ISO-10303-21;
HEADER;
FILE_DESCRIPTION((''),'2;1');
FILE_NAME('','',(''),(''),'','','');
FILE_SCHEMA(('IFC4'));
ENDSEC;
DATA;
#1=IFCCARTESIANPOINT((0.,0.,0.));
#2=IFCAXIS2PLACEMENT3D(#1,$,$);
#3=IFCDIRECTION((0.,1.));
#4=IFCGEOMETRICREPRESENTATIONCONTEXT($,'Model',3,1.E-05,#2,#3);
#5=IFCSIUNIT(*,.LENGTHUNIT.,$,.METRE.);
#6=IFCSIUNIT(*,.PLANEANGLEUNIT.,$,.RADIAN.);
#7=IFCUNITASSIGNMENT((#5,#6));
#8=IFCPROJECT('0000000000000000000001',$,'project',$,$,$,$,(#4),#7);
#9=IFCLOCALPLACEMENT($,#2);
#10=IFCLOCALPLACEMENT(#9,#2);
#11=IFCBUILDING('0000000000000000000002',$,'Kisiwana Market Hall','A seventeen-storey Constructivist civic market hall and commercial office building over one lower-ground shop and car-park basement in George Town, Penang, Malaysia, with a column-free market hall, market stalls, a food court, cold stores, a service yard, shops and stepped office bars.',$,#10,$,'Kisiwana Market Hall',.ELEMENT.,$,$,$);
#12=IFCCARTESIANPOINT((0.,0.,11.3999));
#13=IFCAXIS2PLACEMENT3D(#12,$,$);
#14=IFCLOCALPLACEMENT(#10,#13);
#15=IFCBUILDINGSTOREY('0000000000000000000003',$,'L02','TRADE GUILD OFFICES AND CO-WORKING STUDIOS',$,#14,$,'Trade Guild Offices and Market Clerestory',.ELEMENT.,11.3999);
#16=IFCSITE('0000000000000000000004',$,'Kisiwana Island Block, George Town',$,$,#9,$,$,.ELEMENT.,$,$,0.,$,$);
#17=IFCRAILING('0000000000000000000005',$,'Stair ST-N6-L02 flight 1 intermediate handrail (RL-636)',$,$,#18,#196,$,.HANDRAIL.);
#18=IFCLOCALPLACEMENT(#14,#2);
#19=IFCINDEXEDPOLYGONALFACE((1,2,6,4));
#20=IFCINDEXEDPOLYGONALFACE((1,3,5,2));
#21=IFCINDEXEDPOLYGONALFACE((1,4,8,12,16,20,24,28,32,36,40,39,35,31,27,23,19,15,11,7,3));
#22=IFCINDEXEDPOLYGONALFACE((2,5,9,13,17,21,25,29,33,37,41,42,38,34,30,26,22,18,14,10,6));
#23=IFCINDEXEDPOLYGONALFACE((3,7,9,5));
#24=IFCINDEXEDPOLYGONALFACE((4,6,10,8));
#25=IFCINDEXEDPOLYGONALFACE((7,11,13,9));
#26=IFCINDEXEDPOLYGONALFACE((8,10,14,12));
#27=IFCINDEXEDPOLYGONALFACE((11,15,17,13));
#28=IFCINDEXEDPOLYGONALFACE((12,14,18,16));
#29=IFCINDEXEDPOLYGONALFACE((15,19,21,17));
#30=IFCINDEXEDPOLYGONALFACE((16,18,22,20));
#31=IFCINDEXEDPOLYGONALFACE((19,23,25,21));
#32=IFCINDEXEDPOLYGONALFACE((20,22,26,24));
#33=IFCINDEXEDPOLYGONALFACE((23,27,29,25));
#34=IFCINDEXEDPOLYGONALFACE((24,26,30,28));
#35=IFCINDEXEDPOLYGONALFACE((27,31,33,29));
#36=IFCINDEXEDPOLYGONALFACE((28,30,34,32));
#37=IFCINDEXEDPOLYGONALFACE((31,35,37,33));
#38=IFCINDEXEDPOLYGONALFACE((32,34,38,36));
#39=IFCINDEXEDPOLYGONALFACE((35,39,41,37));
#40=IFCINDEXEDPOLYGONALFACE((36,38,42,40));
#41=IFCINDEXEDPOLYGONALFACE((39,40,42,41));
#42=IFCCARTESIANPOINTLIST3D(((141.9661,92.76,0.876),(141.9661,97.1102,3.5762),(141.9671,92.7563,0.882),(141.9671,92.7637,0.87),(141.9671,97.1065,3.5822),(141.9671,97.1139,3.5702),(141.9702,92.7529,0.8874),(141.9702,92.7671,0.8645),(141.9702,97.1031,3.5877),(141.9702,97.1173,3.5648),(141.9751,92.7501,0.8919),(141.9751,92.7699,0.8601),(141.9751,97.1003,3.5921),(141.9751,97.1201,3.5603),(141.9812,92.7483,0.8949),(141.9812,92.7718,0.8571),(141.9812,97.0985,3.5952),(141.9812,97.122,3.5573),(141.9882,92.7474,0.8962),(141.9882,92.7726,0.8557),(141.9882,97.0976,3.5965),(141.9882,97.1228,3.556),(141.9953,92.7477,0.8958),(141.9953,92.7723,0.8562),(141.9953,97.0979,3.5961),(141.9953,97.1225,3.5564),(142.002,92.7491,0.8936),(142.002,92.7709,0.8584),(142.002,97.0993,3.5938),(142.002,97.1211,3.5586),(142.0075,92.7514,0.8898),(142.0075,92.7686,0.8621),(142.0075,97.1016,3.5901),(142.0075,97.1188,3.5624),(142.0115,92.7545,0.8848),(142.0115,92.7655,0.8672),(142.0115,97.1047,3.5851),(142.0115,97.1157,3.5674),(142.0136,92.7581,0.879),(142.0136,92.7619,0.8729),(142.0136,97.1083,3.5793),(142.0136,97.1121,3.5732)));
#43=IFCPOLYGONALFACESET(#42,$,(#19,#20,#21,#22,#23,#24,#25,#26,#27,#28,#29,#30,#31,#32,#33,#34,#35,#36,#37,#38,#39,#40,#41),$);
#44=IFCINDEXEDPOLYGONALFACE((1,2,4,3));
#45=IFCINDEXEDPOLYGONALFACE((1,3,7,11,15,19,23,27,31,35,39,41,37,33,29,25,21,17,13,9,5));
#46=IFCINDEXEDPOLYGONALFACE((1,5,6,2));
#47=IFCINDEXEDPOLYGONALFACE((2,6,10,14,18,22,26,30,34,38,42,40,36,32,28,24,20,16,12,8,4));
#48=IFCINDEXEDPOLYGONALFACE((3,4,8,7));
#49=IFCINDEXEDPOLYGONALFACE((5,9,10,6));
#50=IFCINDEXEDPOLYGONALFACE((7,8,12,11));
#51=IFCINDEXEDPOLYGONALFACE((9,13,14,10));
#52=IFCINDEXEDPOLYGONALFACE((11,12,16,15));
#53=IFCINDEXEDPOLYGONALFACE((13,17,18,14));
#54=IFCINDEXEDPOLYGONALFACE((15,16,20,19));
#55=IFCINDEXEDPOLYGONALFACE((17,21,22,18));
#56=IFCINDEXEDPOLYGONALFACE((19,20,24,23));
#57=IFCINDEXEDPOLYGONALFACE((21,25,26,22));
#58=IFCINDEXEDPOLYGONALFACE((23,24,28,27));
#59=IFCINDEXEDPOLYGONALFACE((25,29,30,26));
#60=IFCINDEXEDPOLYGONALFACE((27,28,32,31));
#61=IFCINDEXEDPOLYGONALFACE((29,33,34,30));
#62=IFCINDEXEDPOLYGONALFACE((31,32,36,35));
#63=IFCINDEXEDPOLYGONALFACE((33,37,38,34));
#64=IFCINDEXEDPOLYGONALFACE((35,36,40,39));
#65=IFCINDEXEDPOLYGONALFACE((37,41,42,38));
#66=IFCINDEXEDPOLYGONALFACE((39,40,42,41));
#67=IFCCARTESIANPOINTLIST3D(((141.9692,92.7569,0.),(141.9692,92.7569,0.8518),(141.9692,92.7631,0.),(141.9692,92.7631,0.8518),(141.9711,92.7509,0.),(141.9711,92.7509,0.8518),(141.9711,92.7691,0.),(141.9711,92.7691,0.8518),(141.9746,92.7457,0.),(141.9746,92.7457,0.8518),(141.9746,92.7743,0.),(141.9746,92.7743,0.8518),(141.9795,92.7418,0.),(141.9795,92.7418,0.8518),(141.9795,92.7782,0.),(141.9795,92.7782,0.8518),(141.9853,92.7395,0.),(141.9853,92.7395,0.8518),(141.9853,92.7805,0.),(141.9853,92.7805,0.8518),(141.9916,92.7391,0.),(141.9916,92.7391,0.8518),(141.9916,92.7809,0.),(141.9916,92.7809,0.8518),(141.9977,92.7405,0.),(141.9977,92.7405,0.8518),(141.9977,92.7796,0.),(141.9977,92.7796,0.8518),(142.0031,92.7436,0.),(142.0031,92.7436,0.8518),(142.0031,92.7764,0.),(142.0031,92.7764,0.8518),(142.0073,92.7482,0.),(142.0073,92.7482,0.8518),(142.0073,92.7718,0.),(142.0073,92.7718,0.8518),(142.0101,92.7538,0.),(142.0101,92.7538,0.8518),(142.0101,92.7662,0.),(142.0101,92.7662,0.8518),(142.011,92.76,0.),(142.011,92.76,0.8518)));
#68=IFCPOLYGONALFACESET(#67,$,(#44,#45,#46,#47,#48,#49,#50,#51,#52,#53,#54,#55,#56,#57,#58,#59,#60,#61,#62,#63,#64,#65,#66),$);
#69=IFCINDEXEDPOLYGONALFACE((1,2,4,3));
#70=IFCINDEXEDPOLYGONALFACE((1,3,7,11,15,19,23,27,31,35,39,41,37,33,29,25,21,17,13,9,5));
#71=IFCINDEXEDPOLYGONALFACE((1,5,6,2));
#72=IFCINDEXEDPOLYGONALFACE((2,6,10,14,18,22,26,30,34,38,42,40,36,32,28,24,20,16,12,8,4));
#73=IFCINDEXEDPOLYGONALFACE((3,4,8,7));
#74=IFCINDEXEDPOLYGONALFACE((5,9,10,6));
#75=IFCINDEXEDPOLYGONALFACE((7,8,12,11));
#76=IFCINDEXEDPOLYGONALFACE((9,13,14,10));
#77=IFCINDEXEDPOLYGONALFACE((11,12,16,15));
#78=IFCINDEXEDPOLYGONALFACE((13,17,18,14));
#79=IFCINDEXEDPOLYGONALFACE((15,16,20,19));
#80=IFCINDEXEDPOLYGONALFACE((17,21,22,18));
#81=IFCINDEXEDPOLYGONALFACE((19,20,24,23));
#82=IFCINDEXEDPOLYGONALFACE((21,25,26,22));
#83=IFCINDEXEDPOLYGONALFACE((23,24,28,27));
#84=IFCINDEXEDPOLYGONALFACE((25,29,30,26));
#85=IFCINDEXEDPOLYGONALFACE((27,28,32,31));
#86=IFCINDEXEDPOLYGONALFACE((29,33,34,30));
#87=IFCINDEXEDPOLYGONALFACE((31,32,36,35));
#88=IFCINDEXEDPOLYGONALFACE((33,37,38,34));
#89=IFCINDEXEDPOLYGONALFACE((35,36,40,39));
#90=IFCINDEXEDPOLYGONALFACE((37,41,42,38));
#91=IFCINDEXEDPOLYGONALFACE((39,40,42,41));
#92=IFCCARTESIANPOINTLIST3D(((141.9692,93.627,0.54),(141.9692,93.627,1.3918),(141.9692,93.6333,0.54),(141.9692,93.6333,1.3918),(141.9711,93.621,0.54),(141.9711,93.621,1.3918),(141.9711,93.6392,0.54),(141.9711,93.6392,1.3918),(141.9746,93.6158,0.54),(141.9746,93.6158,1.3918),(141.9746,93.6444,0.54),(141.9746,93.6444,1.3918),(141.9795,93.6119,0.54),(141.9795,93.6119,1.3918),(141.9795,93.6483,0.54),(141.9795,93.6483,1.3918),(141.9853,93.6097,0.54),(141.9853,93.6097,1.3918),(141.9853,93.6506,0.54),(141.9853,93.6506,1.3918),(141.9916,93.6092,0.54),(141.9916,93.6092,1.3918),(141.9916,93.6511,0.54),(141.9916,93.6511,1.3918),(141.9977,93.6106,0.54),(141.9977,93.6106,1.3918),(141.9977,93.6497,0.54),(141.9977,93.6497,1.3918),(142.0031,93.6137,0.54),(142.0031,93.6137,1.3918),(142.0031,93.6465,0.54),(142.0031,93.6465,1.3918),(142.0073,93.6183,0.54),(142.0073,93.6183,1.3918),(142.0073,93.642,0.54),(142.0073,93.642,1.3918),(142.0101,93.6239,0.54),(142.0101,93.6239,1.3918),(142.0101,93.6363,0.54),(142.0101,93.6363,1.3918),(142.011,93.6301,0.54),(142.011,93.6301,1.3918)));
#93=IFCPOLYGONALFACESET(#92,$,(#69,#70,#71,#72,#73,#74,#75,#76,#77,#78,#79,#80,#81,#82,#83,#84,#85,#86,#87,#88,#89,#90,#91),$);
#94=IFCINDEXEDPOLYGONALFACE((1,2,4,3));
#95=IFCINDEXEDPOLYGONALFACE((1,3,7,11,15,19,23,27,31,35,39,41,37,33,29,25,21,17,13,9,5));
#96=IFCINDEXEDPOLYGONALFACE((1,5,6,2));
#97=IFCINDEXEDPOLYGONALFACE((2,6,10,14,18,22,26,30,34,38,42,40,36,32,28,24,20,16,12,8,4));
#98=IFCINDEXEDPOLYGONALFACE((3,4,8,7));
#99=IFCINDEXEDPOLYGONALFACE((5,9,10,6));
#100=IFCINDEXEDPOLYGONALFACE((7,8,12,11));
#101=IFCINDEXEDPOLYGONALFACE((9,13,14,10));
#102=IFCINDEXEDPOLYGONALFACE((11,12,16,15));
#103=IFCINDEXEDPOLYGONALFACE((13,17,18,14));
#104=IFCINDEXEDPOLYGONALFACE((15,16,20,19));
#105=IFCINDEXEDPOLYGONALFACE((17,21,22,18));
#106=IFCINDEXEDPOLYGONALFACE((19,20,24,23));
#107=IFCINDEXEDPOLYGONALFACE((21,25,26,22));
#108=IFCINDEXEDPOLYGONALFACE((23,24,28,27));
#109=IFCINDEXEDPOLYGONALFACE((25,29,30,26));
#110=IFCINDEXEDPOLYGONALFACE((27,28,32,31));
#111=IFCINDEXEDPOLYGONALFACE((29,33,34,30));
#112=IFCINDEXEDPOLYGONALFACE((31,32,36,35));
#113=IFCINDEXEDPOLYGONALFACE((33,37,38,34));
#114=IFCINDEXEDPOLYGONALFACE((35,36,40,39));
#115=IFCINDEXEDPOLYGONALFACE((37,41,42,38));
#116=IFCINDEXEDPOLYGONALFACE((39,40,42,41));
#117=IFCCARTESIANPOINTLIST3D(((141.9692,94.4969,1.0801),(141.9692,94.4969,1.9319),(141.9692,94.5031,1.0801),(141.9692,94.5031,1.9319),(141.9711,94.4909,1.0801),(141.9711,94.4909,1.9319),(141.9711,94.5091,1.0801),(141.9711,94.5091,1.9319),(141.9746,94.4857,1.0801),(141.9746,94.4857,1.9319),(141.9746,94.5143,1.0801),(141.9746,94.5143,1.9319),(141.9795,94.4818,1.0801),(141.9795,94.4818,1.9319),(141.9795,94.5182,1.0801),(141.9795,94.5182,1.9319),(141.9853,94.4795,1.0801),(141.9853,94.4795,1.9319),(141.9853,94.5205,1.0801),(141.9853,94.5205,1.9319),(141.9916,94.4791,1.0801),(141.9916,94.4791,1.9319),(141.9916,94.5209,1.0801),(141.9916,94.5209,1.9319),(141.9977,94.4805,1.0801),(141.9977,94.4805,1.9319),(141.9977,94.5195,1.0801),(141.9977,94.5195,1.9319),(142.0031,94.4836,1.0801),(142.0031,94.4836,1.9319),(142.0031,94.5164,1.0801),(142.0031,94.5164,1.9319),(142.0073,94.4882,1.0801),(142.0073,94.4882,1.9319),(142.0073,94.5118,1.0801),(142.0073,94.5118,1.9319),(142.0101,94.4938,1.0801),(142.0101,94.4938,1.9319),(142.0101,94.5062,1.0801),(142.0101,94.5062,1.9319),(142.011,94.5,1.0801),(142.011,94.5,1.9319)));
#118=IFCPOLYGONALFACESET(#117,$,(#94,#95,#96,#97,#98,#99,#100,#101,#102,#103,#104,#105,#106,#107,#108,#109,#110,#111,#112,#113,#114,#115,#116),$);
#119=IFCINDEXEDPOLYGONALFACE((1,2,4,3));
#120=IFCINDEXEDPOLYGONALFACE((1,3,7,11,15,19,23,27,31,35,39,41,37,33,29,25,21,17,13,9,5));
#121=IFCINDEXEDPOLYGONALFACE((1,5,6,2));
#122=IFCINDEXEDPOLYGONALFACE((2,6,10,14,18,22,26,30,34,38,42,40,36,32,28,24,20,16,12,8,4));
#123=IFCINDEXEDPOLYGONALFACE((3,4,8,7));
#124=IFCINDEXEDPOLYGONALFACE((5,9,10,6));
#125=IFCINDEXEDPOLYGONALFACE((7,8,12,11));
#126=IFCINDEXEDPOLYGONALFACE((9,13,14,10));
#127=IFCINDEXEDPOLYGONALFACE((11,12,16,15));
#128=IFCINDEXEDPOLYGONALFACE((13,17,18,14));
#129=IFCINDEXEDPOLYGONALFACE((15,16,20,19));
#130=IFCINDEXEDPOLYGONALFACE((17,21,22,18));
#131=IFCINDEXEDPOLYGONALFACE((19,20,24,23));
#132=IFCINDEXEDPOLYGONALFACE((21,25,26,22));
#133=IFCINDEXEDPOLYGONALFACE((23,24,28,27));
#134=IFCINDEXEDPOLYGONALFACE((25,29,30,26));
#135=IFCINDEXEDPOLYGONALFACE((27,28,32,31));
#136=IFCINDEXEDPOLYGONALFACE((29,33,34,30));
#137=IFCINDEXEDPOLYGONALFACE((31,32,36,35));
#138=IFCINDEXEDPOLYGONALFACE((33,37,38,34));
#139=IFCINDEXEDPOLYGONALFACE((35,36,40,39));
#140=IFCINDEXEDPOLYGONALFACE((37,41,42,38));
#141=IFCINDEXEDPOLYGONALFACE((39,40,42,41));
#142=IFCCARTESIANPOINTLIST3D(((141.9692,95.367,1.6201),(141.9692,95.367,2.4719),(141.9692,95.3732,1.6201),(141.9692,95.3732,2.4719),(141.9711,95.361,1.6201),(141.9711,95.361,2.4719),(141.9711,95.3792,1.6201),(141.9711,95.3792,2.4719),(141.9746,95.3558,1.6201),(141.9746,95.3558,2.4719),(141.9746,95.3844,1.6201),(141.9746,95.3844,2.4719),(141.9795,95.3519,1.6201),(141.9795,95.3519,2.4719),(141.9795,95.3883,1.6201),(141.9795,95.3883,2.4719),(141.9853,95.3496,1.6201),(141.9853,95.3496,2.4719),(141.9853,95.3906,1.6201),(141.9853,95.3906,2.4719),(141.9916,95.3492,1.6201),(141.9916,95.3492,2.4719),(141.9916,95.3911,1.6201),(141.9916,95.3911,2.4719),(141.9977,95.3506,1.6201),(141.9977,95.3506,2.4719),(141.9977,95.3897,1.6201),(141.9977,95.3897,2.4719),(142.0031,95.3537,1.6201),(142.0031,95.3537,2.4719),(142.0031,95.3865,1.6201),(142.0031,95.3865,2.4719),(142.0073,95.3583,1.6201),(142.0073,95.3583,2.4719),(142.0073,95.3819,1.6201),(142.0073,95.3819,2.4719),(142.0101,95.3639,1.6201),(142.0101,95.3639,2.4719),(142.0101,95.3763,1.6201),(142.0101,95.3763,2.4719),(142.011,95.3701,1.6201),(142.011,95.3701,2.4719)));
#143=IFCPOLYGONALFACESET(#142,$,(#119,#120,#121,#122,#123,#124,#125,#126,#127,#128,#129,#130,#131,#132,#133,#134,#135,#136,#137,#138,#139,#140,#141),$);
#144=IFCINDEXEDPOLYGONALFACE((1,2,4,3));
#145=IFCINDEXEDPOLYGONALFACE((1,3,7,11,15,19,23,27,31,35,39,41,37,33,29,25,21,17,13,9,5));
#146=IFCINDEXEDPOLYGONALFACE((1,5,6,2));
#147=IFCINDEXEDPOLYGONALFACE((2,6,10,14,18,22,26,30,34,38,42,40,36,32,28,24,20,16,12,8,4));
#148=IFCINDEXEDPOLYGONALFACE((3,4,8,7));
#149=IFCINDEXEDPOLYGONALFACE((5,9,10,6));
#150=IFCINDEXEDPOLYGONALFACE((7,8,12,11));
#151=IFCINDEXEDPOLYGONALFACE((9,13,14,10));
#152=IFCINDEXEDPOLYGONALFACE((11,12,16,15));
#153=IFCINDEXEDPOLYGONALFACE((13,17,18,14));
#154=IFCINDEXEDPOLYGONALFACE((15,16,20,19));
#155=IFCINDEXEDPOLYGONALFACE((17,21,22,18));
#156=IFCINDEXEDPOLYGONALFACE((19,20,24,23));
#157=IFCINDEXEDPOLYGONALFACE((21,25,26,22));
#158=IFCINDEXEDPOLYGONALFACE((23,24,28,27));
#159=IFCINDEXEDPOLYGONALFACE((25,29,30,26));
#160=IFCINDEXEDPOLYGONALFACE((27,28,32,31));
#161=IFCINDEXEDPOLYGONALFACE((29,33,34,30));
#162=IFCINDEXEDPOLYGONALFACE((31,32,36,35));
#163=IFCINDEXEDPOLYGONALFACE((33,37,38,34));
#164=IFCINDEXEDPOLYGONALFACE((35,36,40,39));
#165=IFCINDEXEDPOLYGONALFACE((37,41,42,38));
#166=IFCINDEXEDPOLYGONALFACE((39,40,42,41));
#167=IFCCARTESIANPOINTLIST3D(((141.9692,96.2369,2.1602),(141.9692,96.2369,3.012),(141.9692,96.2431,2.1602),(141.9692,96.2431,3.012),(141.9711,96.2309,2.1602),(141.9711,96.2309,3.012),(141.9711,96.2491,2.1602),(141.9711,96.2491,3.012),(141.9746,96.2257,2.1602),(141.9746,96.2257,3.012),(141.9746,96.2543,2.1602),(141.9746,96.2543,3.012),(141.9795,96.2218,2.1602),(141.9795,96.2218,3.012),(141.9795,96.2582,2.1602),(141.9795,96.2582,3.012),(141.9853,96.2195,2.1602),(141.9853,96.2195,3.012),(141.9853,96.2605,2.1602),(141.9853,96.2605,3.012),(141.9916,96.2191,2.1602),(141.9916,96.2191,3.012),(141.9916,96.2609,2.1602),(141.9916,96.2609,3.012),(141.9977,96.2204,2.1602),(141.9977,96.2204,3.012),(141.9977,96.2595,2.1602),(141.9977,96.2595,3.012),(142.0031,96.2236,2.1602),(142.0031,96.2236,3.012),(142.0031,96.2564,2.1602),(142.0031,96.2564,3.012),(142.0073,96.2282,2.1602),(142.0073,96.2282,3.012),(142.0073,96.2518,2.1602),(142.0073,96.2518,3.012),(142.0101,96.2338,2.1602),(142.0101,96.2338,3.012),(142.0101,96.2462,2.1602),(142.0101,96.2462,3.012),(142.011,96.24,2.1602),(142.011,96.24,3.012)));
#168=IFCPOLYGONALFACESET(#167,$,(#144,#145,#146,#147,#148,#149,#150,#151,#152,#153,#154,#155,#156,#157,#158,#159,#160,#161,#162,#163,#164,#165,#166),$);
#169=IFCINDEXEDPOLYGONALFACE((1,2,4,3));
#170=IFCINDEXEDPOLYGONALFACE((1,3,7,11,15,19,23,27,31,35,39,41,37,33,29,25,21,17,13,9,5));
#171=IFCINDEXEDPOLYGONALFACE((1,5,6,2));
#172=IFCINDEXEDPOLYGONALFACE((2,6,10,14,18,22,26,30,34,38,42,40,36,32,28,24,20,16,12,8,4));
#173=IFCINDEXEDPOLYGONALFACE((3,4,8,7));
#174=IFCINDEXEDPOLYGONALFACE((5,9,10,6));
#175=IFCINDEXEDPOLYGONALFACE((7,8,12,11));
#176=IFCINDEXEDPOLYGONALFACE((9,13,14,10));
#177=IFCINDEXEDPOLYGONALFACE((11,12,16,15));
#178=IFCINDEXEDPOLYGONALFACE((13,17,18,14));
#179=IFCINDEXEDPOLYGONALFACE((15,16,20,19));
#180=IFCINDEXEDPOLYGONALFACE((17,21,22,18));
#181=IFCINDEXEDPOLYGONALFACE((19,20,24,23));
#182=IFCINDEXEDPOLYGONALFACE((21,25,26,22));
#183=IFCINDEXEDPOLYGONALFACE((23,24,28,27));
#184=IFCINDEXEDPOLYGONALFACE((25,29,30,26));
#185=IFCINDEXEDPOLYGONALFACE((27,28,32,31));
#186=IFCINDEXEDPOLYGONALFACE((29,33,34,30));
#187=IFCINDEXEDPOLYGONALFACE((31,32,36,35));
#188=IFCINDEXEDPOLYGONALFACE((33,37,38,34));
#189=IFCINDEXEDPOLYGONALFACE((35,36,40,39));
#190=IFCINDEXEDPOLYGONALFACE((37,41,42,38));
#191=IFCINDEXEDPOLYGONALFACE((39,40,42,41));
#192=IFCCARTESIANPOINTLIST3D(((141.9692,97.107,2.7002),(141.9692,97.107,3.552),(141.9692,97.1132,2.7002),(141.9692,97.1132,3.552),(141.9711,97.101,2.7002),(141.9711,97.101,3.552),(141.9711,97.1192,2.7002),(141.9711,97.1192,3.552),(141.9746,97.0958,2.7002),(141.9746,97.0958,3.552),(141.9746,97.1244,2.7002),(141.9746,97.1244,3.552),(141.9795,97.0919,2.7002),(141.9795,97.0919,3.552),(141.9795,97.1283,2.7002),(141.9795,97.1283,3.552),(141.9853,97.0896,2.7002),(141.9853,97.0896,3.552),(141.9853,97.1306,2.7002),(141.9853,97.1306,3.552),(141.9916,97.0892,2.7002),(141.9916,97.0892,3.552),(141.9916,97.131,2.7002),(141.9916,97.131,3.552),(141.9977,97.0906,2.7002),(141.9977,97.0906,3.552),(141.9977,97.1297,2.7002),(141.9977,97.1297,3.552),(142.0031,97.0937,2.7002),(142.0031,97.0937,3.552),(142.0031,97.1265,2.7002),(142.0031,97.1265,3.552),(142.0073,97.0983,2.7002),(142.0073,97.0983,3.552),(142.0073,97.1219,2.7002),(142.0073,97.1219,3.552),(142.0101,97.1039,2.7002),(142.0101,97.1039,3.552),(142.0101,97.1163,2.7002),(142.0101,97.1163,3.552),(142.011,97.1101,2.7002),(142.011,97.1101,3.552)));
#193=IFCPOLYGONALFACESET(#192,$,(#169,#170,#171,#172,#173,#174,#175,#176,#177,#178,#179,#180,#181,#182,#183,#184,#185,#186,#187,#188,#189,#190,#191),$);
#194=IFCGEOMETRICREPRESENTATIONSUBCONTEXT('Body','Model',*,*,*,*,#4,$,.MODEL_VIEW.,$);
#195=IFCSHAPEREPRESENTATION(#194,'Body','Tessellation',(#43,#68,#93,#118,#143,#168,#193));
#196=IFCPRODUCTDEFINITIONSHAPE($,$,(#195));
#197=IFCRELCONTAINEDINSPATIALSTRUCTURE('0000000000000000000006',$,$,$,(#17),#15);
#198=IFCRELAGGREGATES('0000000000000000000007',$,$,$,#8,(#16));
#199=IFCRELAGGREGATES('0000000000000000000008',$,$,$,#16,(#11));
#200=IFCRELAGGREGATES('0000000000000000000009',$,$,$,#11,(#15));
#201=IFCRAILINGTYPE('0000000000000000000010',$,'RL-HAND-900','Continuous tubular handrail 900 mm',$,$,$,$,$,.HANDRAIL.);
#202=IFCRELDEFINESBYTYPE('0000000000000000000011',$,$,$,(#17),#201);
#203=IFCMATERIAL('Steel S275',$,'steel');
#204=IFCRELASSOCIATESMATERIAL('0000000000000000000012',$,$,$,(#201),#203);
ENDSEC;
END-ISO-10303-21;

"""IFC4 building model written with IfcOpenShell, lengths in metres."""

from ifc_helpers import new_model, si_unit, direction, frame, origin, origin_2d, place, context, subcontext, project, spatial, circle, extrude, material, type_object, element, save


model = new_model("IFC4")

# Units and contexts
model_context = context("Model", 3, precision=1e-05, world=origin(), true_north=direction((0.0, 1.0)))
body_context = subcontext(model_context, "Body", "Model", "MODEL_VIEW")
ifc_project = project(units=[si_unit("LENGTHUNIT", "METRE"), si_unit("PLANEANGLEUNIT", "RADIAN")], contexts=[model_context])

# Site, building, storey
site_placement = place(None, origin())
site = spatial("IfcSite", under=ifc_project, at=site_placement, Name="Kisiwana Island Block, George Town", CompositionType="ELEMENT", RefElevation=0.0)
building_placement = place(site_placement, origin())
building = spatial("IfcBuilding", under=site, at=building_placement, Name="Kisiwana Market Hall", Description="A seventeen-storey Constructivist civic market hall and commercial office building over one lower-ground shop and car-park basement in George Town, Penang, Malaysia, with a column-free market hall, market stalls, a food court, cold stores, a service yard, shops and stepped office bars.", LongName="Kisiwana Market Hall", CompositionType="ELEMENT")
storey_placement = place(building_placement, frame((0.0, 0.0, 11.3999)))
storey = spatial("IfcBuildingStorey", under=building, at=storey_placement, Name="L02", Description="TRADE GUILD OFFICES AND CO-WORKING STUDIOS", LongName="Trade Guild Offices and Market Clerestory", CompositionType="ELEMENT", Elevation=11.3999)

# Railing
ifc_material_1 = material(Name="Steel S275", Category="steel")
railing_type_1 = type_object("IfcRailingType", Name="RL-HAND-900", Description="Continuous tubular handrail 900 mm", PredefinedType="HANDRAIL", material=ifc_material_1)
railing_1_placement = place(storey_placement, frame((141.99, 92.76, 0.0)))
element("IfcRailing", 1, at=railing_1_placement, inside=storey, type_object=railing_type_1, Name="Stair ST-N6-L02 flight 1 intermediate handrail (RL-636)", PredefinedType="HANDRAIL", context=body_context, shape_type="SweptSolid", body=[
    extrude(circle(Radius=0.0239, at=origin_2d()), frame((0.0, 0.0, 0.876), z_axis=(0.0, 0.849628, 0.527382), x_axis=(-1.0, 0.0, 0.0)), (0.0, 0.0, 1.0), 5.1201),
    extrude(circle(Radius=0.021, at=origin_2d()), origin(), (0.0, 0.0, 1.0), 0.8518),
    extrude(circle(Radius=0.021, at=origin_2d()), frame((0.0, 0.8701, 0.54)), (0.0, 0.0, 1.0), 0.8518),
    extrude(circle(Radius=0.021, at=origin_2d()), frame((0.0, 1.74, 1.0801)), (0.0, 0.0, 1.0), 0.8518),
    extrude(circle(Radius=0.021, at=origin_2d()), frame((0.0, 2.6101, 1.6201)), (0.0, 0.0, 1.0), 0.8518),
    extrude(circle(Radius=0.021, at=origin_2d()), frame((0.0, 3.48, 2.1602)), (0.0, 0.0, 1.0), 0.8518),
    extrude(circle(Radius=0.021, at=origin_2d()), frame((0.0, 4.3501, 2.7002)), (0.0, 0.0, 1.0), 0.8518),
])

save(model, "model.ifc")
